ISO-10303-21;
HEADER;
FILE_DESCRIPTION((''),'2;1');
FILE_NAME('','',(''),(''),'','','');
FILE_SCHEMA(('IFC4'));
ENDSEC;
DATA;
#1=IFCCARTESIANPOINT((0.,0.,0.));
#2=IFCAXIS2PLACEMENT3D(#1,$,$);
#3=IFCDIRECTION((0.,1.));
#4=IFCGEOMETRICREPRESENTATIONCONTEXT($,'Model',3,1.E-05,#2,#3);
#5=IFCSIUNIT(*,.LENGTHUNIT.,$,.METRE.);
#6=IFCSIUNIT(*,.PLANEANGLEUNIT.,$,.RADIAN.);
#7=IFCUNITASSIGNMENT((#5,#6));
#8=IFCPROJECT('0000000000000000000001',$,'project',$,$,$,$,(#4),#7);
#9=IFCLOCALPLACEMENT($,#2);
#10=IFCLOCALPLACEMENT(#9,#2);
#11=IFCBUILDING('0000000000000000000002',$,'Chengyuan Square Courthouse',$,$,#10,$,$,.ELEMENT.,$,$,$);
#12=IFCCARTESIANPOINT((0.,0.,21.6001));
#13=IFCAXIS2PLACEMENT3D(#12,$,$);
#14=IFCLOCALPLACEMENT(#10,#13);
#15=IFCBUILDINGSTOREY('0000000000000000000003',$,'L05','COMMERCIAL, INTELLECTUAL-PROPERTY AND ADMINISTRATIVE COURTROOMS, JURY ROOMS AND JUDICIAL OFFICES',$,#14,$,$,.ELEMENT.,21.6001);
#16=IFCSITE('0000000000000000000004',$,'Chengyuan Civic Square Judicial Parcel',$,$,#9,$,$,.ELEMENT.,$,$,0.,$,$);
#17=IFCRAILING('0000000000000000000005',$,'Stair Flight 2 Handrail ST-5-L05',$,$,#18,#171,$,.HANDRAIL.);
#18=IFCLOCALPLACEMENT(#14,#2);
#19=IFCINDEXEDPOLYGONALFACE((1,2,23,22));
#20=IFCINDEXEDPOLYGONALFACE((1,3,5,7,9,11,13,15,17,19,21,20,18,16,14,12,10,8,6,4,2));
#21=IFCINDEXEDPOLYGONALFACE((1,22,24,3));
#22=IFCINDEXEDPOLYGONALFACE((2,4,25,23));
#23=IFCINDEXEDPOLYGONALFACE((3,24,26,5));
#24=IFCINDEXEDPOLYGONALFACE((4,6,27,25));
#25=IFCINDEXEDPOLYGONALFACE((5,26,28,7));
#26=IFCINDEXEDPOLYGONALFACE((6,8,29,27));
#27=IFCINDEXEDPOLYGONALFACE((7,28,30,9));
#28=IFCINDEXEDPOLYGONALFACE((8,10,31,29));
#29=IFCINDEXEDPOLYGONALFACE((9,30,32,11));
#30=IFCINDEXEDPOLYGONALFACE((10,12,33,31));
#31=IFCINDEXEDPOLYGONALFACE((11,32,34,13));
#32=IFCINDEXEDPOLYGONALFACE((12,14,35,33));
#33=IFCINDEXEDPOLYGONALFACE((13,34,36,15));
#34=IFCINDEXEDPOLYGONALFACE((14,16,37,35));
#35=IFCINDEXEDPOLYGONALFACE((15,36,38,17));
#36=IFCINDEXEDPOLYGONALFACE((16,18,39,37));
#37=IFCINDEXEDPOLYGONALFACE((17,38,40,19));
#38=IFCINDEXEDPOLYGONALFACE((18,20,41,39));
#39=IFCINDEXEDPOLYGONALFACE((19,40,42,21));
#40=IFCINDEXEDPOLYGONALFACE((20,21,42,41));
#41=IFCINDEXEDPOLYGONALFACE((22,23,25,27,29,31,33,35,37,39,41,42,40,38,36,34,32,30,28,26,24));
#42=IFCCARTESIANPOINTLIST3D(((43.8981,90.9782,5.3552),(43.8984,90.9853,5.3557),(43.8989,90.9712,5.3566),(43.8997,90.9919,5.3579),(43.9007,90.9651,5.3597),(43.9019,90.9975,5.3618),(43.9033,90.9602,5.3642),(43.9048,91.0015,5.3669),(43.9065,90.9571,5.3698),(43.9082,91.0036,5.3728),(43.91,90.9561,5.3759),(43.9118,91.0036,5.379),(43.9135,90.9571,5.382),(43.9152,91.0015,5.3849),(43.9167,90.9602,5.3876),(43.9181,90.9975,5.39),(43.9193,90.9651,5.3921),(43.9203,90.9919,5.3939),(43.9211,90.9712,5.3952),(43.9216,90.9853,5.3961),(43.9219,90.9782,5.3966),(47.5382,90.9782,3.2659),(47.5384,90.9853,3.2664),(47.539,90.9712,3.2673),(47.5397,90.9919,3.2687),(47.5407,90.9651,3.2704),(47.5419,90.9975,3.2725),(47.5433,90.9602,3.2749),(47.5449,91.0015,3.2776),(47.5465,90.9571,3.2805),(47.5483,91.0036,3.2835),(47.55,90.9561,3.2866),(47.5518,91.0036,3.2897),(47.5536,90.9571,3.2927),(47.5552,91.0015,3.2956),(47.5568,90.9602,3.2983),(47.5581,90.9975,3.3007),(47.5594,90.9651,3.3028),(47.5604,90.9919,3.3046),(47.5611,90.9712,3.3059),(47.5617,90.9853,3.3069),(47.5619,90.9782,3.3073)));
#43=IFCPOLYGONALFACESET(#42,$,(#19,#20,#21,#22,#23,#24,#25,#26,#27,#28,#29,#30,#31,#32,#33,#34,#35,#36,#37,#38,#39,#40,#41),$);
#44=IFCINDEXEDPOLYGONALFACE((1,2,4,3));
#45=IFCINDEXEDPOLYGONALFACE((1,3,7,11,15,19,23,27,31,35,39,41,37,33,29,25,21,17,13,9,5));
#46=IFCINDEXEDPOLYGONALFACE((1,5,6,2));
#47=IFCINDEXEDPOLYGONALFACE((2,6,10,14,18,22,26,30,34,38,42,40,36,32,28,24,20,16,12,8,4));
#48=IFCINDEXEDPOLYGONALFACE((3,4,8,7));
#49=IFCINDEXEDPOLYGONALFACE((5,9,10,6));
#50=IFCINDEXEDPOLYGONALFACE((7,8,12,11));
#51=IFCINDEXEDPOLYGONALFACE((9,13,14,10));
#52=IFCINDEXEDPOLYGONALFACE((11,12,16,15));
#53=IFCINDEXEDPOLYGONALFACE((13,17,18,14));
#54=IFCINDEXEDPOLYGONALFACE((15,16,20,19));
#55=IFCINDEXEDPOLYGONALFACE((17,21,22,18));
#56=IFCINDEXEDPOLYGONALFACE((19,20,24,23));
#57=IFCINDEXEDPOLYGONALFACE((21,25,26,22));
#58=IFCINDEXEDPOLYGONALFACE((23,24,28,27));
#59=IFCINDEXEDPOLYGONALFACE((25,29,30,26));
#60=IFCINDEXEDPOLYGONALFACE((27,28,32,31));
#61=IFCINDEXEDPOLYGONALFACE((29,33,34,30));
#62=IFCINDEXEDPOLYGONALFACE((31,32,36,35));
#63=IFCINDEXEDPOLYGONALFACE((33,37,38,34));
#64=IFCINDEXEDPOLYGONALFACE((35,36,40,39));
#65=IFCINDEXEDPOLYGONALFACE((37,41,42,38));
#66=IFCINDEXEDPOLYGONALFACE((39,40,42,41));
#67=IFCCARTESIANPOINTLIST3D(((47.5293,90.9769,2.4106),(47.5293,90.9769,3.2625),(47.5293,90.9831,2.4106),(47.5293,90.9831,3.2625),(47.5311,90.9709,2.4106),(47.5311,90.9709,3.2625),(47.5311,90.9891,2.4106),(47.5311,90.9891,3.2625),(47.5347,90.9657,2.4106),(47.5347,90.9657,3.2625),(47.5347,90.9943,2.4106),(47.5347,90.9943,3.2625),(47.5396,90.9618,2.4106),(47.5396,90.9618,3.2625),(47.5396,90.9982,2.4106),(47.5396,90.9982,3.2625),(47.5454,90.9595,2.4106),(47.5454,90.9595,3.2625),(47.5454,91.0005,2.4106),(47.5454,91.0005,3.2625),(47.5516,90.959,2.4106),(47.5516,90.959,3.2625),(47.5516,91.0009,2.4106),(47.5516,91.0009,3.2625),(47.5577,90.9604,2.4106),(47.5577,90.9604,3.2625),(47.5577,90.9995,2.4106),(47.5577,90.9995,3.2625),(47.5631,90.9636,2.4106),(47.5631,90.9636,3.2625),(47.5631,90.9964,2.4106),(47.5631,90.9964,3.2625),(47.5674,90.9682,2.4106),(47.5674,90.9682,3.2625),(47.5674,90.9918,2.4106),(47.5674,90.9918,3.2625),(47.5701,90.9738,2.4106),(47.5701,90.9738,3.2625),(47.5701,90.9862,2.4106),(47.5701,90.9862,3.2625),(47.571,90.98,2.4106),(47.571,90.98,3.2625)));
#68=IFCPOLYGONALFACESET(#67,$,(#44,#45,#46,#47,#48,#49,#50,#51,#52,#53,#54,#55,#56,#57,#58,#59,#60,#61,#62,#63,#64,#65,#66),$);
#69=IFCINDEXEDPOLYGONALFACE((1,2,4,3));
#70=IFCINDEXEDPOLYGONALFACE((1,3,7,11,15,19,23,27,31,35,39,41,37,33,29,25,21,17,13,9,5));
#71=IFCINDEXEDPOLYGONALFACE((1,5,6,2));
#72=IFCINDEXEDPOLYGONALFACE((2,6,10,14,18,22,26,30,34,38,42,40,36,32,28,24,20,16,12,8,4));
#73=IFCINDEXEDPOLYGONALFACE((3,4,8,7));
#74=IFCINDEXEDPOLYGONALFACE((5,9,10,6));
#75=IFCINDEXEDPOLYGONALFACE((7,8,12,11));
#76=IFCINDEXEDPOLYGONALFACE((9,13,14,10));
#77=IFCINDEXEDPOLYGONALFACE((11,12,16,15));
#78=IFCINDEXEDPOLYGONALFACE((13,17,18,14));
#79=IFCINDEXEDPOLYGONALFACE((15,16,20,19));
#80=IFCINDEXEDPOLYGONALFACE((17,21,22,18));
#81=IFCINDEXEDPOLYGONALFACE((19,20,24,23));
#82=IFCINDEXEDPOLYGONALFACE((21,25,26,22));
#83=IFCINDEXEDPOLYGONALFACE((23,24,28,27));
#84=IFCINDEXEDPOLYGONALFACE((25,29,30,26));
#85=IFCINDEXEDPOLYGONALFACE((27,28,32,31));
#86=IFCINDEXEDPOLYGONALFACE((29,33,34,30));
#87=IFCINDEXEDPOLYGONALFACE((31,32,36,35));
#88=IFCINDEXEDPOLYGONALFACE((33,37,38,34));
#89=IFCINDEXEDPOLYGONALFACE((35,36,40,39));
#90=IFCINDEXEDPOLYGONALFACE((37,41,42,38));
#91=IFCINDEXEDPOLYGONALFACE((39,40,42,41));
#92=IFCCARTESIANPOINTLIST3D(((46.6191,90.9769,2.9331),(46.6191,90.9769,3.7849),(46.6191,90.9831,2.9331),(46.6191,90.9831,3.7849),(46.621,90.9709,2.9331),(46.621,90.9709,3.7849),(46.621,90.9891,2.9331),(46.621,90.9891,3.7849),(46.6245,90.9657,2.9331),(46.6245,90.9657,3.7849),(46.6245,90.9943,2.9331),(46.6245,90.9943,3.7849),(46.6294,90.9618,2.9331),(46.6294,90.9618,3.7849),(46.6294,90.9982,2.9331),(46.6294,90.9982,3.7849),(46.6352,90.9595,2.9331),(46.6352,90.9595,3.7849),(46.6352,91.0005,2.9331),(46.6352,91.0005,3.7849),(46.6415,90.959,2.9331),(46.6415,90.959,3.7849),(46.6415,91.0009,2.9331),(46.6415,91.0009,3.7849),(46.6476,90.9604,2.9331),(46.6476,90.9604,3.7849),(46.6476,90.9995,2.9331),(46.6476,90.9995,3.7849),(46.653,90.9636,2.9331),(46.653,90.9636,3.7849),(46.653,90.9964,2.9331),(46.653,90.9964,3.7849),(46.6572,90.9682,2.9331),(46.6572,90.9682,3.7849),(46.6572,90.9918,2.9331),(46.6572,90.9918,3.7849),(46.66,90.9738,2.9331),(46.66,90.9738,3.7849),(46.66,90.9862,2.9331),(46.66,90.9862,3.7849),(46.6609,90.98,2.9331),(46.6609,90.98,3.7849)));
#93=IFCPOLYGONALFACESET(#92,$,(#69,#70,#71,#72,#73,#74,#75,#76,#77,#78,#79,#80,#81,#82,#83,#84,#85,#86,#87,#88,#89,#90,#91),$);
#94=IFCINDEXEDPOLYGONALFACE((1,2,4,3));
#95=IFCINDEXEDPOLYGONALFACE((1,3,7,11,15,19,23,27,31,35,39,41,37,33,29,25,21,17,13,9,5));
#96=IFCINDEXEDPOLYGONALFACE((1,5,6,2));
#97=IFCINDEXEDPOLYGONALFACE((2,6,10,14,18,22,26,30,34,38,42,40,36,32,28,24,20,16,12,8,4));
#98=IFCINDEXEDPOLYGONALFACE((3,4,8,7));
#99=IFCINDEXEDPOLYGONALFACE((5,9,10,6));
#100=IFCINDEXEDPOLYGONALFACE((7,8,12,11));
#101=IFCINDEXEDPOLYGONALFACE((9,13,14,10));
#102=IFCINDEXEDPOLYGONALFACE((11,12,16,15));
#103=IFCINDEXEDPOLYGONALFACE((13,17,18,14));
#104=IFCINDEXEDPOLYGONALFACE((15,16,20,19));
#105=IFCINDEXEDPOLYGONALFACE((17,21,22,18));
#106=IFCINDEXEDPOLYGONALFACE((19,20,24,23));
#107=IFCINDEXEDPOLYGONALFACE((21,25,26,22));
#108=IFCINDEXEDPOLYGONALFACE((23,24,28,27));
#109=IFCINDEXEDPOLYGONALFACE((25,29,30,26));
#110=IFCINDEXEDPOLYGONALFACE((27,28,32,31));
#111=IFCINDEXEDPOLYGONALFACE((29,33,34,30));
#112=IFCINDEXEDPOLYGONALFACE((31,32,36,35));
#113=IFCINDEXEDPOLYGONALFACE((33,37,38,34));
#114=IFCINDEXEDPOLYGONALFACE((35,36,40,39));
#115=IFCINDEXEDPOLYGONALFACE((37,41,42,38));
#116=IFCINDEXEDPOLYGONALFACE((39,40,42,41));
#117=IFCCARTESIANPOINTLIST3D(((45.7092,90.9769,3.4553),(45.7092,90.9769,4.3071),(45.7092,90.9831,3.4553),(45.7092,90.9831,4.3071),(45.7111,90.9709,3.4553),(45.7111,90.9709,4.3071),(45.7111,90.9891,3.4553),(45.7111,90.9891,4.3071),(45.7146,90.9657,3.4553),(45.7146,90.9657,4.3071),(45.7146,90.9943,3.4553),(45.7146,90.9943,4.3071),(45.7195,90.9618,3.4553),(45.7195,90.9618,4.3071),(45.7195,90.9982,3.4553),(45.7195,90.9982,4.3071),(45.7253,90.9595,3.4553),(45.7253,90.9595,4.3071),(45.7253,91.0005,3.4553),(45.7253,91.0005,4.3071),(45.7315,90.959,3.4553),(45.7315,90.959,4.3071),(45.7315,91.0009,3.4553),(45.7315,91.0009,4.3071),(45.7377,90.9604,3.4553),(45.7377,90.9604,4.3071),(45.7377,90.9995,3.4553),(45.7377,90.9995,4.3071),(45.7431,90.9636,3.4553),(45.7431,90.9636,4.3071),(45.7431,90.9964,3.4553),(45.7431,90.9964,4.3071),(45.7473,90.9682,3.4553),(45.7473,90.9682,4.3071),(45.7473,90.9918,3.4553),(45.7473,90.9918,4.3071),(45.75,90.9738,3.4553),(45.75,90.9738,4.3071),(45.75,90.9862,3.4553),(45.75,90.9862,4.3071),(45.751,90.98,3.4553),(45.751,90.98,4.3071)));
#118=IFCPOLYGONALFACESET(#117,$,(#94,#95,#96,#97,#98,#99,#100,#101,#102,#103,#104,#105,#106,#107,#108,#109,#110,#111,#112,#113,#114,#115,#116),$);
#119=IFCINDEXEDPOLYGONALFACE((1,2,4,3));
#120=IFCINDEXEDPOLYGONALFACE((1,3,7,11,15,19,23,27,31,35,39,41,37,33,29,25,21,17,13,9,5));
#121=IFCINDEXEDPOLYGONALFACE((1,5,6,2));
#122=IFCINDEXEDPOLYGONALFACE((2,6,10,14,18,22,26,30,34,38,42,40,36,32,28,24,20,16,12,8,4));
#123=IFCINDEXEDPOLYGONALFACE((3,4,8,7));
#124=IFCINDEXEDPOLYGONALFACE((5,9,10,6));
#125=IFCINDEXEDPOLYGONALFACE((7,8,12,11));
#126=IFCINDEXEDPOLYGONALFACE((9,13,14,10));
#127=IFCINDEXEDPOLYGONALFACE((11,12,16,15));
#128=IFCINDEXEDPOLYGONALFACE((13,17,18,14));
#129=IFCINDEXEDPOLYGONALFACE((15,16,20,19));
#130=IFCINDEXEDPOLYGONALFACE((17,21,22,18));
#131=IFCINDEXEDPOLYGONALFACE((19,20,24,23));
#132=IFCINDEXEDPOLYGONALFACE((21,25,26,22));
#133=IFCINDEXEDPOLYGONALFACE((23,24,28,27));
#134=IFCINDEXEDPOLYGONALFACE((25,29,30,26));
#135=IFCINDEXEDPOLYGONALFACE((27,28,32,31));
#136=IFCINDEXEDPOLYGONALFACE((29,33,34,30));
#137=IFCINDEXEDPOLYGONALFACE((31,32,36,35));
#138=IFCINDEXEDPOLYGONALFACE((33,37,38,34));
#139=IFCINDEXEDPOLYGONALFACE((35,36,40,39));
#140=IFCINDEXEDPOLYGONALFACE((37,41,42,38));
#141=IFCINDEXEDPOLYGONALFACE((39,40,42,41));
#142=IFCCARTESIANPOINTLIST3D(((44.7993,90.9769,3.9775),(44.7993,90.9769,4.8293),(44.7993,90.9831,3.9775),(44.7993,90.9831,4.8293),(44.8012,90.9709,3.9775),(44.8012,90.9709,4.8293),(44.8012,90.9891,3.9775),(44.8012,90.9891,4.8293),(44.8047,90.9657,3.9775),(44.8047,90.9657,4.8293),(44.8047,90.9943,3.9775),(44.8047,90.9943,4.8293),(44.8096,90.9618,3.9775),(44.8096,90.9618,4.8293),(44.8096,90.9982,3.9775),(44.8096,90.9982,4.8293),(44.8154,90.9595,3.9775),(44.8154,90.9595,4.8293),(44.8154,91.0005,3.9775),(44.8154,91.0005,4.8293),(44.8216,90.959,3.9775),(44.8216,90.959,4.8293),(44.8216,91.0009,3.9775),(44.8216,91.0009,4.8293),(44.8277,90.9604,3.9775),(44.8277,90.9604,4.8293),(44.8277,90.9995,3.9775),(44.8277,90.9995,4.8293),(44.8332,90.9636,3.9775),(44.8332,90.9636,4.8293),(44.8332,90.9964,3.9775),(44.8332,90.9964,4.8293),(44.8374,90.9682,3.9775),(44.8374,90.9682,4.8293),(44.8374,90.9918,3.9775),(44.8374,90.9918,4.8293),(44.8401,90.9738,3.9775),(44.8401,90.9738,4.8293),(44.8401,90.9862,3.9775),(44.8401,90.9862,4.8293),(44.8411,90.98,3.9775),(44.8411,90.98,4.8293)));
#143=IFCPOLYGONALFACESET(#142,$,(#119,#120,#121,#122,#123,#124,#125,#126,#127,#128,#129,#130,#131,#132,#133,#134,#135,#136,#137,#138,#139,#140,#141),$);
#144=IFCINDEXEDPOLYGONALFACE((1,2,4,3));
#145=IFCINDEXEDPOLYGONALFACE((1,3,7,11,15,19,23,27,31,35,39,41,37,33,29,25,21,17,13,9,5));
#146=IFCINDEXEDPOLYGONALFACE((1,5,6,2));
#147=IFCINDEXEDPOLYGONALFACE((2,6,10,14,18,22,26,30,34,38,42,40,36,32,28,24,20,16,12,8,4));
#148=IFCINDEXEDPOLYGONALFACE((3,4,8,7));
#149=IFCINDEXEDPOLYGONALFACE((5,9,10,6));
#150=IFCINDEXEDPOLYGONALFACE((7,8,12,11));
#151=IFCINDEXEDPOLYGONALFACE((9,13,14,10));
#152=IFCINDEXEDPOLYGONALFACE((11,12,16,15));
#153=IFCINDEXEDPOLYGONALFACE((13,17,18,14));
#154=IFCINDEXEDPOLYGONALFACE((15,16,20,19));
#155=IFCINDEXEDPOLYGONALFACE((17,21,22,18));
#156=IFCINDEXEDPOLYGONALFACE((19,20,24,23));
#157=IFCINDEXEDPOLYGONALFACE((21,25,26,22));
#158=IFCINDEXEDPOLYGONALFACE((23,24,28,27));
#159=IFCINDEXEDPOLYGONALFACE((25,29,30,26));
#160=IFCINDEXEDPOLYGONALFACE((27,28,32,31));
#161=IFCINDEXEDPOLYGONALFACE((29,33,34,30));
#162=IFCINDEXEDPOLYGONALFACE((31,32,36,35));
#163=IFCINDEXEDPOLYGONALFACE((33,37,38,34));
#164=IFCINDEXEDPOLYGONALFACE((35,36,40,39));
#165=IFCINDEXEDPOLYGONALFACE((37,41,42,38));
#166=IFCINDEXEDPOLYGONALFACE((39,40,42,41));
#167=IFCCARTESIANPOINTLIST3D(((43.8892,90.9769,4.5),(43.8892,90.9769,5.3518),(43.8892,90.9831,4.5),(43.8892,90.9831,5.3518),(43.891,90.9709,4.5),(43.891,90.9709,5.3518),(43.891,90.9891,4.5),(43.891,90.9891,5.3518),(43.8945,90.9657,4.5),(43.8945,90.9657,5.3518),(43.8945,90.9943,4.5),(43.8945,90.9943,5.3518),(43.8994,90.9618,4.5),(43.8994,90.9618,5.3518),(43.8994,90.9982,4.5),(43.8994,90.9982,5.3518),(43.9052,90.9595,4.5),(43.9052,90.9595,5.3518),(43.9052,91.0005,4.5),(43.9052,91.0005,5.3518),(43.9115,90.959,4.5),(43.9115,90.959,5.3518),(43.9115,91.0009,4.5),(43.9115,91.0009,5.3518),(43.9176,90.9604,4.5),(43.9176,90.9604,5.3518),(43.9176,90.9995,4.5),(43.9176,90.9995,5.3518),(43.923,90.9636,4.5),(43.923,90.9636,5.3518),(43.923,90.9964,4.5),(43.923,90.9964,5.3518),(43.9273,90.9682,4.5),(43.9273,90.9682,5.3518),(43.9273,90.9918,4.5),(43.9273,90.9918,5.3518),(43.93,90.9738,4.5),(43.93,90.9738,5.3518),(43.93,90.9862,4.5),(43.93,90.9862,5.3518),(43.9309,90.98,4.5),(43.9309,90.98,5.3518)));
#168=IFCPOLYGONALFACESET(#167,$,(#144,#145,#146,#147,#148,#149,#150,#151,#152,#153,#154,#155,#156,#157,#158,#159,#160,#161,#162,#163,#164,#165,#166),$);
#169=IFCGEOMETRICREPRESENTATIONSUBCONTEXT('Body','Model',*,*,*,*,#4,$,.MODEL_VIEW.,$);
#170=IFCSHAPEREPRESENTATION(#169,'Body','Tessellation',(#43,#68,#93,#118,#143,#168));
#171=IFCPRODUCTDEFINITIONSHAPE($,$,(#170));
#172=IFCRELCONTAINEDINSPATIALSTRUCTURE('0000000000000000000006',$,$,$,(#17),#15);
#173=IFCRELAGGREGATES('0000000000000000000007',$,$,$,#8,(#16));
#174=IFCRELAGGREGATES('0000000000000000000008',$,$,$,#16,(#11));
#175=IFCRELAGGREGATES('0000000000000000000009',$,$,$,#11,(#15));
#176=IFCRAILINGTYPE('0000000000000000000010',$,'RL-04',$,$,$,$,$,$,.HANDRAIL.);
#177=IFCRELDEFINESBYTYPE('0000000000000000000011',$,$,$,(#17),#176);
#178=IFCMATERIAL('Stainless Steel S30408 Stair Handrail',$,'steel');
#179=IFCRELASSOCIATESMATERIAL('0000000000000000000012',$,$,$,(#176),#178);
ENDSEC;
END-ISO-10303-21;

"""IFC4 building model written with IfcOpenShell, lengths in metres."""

from ifc_helpers import new_model, si_unit, direction, frame, origin, origin_2d, place, context, subcontext, project, spatial, circle, extrude, material, type_object, element, save


model = new_model("IFC4")

# Units and contexts
model_context = context("Model", 3, precision=1e-05, world=origin(), true_north=direction((0.0, 1.0)))
body_context = subcontext(model_context, "Body", "Model", "MODEL_VIEW")
ifc_project = project(units=[si_unit("LENGTHUNIT", "METRE"), si_unit("PLANEANGLEUNIT", "RADIAN")], contexts=[model_context])

# Site, building, storey
site_placement = place(None, origin())
site = spatial("IfcSite", under=ifc_project, at=site_placement, Name="Chengyuan Civic Square Judicial Parcel", CompositionType="ELEMENT", RefElevation=0.0)
building_placement = place(site_placement, origin())
building = spatial("IfcBuilding", under=site, at=building_placement, Name="Chengyuan Square Courthouse", CompositionType="ELEMENT")
storey_placement = place(building_placement, frame((0.0, 0.0, 21.6001)))
storey = spatial("IfcBuildingStorey", under=building, at=storey_placement, Name="L05", Description="COMMERCIAL, INTELLECTUAL-PROPERTY AND ADMINISTRATIVE COURTROOMS, JURY ROOMS AND JUDICIAL OFFICES", CompositionType="ELEMENT", Elevation=21.6001)

# Railing
ifc_material_1 = material(Name="Stainless Steel S30408 Stair Handrail", Category="steel")
railing_type_1 = type_object("IfcRailingType", Name="RL-04", PredefinedType="HANDRAIL", material=ifc_material_1)
railing_1_placement = place(storey_placement, frame((47.55, 90.98, 2.4106)))
element("IfcRailing", 1, at=railing_1_placement, inside=storey, type_object=railing_type_1, Name="Stair Flight 2 Handrail ST-5-L05", PredefinedType="HANDRAIL", context=body_context, shape_type="SweptSolid", body=[
    extrude(circle(Radius=0.0239, at=origin_2d()), frame((0.0, 0.0, 0.876), z_axis=(-0.867289, 0.0, 0.497804), x_axis=(0.0, -1.0, 0.0)), (0.0, 0.0, 1.0), 4.197),
    extrude(circle(Radius=0.021, at=origin_2d()), origin(), (0.0, 0.0, 1.0), 0.8518),
    extrude(circle(Radius=0.021, at=origin_2d()), frame((-0.9102, 0.0, 0.5225)), (0.0, 0.0, 1.0), 0.8518),
    extrude(circle(Radius=0.021, at=origin_2d()), frame((-1.8201, 0.0, 1.0447)), (0.0, 0.0, 1.0), 0.8518),
    extrude(circle(Radius=0.021, at=origin_2d()), frame((-2.73, 0.0, 1.5669)), (0.0, 0.0, 1.0), 0.8518),
    extrude(circle(Radius=0.021, at=origin_2d()), frame((-3.6401, 0.0, 2.0894)), (0.0, 0.0, 1.0), 0.8518),
])

save(model, "model.ifc")
